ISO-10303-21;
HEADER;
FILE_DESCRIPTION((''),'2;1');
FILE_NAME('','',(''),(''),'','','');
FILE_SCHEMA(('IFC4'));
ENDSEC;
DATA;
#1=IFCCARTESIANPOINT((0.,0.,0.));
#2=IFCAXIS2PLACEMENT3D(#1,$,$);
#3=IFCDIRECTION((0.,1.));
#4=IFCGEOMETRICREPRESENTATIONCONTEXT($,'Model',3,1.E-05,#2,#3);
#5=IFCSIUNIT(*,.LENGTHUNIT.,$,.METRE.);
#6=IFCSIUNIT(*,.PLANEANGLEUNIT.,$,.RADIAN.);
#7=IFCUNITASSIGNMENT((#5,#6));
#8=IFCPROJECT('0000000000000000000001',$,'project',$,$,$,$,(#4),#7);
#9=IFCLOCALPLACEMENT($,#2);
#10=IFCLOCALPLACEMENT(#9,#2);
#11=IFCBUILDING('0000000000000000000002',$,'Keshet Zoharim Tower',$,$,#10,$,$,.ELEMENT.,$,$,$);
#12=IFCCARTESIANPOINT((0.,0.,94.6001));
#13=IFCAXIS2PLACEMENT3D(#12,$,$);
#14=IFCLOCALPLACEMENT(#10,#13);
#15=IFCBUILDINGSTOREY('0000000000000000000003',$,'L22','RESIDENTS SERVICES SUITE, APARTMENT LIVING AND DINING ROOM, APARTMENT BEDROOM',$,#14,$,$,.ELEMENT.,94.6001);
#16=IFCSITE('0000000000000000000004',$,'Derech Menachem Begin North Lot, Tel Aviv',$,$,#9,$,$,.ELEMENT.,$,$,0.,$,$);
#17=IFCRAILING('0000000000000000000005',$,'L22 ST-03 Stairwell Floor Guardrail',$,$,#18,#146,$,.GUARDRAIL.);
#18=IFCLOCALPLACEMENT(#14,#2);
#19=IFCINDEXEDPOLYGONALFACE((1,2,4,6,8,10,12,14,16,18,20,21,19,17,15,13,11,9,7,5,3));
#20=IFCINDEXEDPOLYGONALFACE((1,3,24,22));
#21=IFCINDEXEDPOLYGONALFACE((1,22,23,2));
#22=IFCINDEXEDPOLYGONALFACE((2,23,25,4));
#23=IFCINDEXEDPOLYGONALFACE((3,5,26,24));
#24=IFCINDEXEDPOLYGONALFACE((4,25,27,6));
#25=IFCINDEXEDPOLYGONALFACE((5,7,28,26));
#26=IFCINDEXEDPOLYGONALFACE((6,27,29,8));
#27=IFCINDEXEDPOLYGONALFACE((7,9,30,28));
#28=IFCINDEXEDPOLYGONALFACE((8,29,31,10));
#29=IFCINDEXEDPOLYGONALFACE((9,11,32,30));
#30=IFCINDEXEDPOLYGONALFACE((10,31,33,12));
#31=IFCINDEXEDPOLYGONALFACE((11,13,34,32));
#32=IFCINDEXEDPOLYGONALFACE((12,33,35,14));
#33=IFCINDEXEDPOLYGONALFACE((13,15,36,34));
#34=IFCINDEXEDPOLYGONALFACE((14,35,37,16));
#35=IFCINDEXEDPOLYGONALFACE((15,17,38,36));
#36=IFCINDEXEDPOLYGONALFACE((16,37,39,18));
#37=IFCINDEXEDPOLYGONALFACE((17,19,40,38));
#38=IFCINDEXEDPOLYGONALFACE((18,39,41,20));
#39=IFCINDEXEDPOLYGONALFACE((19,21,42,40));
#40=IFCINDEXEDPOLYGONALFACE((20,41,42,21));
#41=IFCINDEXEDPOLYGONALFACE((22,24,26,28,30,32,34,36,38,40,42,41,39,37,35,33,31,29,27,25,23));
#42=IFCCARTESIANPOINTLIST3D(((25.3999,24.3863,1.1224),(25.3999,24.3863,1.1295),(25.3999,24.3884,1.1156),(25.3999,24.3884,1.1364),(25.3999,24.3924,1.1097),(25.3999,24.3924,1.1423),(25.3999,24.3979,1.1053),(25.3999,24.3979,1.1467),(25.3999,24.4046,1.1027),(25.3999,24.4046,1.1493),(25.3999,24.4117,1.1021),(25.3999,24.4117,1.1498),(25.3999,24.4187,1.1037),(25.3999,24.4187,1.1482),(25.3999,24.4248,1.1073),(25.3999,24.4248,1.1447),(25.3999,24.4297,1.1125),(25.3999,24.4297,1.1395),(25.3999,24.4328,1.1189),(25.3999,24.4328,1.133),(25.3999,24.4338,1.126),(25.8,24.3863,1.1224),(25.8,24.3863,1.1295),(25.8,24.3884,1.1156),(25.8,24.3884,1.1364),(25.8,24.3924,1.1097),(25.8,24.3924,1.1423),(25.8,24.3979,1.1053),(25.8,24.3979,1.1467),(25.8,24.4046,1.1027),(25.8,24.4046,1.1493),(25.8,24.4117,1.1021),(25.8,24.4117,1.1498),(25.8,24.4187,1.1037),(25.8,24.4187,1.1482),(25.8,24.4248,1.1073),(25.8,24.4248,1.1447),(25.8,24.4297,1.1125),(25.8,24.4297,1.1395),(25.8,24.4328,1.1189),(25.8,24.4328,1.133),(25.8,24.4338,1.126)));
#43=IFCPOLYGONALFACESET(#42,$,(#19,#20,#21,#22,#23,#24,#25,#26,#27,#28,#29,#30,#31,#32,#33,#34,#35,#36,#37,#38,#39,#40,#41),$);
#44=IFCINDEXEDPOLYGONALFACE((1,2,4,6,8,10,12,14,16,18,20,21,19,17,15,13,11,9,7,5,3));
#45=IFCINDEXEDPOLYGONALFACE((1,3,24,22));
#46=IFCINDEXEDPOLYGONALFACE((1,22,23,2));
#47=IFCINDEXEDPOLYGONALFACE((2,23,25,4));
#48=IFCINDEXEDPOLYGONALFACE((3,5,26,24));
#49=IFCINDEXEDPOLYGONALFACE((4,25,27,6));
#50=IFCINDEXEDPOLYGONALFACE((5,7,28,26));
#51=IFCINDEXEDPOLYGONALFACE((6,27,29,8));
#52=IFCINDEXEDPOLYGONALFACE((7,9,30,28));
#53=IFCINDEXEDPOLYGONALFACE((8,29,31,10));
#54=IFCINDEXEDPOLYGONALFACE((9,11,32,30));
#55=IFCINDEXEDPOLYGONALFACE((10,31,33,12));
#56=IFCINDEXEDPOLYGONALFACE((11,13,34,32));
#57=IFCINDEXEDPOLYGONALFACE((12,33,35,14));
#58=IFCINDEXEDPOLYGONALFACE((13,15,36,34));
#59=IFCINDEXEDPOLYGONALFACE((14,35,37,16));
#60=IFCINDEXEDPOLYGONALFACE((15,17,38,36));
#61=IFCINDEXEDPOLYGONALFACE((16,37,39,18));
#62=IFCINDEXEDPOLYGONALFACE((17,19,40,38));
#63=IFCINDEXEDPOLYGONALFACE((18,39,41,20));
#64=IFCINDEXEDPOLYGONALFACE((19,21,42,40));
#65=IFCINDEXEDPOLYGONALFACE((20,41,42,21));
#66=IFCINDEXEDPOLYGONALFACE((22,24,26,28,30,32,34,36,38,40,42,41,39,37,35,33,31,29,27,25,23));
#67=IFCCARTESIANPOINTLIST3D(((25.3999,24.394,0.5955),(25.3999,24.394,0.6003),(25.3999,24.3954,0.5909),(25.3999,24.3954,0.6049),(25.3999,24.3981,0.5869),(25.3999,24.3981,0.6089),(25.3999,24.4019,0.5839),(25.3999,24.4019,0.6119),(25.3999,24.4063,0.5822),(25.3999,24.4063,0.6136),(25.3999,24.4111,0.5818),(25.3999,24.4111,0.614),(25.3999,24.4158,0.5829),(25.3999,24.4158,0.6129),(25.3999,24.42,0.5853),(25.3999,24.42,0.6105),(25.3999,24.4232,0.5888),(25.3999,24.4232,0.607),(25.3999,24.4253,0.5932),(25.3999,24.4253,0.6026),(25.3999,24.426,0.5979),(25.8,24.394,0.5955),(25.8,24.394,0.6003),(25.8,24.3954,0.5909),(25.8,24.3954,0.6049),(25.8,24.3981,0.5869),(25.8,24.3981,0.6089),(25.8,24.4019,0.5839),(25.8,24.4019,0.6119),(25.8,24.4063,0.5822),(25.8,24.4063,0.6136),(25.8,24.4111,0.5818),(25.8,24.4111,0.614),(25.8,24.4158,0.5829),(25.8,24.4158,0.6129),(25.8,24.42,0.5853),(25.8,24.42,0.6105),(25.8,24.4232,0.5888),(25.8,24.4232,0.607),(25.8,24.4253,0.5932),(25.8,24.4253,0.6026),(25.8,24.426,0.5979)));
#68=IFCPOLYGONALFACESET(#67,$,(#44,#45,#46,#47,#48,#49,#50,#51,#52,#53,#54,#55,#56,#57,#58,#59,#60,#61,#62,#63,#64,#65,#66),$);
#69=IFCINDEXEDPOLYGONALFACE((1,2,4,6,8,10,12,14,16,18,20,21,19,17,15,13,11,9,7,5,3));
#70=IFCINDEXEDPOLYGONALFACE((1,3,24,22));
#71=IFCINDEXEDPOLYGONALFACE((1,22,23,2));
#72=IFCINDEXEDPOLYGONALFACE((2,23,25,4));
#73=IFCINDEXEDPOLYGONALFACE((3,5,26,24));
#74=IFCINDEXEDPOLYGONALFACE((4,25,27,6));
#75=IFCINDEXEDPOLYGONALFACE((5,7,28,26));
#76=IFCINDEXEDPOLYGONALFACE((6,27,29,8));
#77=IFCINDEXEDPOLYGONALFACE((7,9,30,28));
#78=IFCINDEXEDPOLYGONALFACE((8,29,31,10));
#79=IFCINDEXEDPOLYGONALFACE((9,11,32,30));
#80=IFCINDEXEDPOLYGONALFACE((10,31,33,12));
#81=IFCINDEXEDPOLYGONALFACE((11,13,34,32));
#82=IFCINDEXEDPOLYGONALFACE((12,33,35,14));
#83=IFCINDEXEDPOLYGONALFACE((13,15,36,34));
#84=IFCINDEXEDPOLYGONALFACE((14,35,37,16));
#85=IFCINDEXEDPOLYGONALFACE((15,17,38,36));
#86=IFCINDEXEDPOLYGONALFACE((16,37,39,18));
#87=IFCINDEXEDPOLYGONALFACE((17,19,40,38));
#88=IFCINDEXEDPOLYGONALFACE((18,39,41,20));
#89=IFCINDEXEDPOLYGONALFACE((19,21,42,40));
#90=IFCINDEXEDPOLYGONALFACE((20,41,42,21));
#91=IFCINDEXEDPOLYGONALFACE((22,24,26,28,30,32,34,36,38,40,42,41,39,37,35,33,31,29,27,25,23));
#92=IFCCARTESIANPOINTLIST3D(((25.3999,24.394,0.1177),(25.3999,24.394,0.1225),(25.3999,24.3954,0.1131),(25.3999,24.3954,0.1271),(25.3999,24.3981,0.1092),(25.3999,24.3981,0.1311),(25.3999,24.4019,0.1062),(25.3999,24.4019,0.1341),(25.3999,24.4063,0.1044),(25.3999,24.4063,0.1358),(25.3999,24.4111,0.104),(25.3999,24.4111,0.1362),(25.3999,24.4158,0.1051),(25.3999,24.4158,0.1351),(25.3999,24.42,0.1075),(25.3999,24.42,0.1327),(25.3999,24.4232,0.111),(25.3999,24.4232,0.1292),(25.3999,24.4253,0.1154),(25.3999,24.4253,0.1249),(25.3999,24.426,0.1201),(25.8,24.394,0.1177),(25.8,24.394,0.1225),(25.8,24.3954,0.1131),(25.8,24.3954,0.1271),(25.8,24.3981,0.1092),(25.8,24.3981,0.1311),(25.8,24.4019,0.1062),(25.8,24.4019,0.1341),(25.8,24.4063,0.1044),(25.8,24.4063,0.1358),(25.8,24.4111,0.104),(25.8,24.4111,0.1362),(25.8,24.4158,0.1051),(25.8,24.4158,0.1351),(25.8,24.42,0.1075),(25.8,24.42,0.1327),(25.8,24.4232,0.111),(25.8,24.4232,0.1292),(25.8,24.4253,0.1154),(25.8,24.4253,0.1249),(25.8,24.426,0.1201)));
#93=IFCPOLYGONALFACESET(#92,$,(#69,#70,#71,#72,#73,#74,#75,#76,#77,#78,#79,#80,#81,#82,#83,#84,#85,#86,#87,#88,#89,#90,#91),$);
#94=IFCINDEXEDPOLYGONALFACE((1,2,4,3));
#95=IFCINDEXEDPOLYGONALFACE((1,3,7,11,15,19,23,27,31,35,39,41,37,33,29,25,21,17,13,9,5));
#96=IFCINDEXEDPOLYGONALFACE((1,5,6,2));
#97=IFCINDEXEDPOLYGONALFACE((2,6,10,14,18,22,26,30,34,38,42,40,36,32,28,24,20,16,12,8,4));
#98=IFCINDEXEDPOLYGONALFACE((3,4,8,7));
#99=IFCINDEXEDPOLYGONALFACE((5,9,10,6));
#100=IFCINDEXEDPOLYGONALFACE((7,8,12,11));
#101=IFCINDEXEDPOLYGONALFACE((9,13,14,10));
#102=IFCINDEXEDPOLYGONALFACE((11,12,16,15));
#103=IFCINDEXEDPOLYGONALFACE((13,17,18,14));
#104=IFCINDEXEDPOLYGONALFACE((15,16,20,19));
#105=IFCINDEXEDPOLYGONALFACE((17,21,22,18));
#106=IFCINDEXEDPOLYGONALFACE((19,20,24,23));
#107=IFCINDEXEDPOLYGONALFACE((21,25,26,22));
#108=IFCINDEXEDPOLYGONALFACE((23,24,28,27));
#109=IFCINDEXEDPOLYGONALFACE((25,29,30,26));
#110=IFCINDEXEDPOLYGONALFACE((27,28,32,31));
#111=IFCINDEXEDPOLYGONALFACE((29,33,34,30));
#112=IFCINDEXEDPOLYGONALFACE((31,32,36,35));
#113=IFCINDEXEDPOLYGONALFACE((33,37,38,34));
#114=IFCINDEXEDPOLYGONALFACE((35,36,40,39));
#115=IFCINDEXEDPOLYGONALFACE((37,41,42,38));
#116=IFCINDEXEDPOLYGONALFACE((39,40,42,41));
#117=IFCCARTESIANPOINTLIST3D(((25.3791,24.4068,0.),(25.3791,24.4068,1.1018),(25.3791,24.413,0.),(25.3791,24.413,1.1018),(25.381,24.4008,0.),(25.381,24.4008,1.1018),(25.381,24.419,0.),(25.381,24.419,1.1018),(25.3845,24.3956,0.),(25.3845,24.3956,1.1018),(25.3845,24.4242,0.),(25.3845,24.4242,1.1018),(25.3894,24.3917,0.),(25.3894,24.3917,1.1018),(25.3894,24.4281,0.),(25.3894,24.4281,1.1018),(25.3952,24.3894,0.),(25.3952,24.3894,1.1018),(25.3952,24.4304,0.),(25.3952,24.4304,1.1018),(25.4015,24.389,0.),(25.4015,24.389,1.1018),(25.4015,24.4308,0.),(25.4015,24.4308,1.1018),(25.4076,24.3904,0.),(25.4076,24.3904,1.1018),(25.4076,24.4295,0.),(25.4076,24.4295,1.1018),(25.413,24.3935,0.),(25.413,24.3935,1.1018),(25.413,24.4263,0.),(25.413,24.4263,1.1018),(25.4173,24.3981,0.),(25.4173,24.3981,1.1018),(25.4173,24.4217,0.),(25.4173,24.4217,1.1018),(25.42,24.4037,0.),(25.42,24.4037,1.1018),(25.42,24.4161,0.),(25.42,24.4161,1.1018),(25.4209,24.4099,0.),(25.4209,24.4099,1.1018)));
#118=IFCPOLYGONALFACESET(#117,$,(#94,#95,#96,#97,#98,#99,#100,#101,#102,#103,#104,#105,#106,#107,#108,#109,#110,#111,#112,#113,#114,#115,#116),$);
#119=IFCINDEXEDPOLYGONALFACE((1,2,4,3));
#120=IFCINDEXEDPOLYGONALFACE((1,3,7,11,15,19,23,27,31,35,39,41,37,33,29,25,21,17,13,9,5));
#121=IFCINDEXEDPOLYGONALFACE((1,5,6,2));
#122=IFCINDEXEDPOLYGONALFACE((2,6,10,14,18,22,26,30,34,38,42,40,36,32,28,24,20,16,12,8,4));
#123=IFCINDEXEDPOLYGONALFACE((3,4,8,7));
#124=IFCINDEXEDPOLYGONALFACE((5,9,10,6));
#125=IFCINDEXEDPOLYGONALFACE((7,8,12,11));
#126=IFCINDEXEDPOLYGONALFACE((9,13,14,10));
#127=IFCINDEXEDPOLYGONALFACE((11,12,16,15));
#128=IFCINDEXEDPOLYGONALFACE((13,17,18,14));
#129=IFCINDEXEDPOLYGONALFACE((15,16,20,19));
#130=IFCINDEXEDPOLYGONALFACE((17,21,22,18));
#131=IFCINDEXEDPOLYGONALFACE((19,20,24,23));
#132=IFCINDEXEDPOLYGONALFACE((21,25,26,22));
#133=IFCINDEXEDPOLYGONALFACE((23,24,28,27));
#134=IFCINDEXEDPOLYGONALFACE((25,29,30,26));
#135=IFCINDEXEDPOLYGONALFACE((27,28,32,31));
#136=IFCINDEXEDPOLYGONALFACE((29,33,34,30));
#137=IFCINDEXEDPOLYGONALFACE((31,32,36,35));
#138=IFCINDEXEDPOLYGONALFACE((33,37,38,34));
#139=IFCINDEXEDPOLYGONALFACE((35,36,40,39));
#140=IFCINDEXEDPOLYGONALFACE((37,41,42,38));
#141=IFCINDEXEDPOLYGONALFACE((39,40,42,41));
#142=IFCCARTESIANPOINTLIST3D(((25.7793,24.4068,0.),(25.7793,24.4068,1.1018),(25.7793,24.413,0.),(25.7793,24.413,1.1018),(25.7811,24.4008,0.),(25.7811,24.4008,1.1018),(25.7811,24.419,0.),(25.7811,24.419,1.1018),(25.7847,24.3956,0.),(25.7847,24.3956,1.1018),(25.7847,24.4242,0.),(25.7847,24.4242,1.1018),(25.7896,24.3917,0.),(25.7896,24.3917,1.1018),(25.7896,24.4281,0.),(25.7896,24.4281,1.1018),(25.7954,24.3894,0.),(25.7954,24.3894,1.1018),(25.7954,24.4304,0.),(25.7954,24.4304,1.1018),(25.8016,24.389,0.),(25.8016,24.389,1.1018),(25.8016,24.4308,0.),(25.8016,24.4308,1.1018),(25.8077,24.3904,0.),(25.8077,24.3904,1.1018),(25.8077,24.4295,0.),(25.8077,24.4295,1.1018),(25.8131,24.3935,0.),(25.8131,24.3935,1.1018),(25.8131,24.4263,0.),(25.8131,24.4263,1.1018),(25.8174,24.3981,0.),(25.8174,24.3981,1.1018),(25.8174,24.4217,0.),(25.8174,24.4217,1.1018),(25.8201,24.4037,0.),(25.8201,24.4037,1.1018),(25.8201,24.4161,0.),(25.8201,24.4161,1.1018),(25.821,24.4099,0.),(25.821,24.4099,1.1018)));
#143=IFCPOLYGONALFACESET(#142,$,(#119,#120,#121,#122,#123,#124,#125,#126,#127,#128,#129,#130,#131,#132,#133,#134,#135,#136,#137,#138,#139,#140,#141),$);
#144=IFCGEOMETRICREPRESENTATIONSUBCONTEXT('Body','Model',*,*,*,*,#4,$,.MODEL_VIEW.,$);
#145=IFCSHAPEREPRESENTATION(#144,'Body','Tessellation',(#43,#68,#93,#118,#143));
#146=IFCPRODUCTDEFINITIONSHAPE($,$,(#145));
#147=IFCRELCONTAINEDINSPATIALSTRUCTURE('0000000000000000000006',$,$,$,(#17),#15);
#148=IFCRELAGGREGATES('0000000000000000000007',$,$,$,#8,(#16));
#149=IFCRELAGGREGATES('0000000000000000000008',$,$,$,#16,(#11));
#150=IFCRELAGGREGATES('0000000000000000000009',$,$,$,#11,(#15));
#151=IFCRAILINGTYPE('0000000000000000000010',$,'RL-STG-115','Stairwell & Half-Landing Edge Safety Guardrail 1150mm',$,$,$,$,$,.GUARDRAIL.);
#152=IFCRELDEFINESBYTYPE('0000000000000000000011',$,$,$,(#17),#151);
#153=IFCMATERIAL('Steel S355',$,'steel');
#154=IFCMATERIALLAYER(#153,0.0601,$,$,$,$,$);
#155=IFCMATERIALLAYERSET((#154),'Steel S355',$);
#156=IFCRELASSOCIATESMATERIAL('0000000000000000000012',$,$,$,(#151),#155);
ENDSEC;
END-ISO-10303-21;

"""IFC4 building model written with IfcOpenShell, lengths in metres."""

from ifc_helpers import new_model, si_unit, direction, frame, origin, origin_2d, place, context, subcontext, project, spatial, circle, extrude, material, layer, layer_set, type_object, element, save


model = new_model("IFC4")

# Units and contexts
model_context = context("Model", 3, precision=1e-05, world=origin(), true_north=direction((0.0, 1.0)))
body_context = subcontext(model_context, "Body", "Model", "MODEL_VIEW")
ifc_project = project(units=[si_unit("LENGTHUNIT", "METRE"), si_unit("PLANEANGLEUNIT", "RADIAN")], contexts=[model_context])

# Site, building, storey
site_placement = place(None, origin())
site = spatial("IfcSite", under=ifc_project, at=site_placement, Name="Derech Menachem Begin North Lot, Tel Aviv", CompositionType="ELEMENT", RefElevation=0.0)
building_placement = place(site_placement, origin())
building = spatial("IfcBuilding", under=site, at=building_placement, Name="Keshet Zoharim Tower", CompositionType="ELEMENT")
storey_placement = place(building_placement, frame((0.0, 0.0, 94.6001)))
storey = spatial("IfcBuildingStorey", under=building, at=storey_placement, Name="L22", Description="RESIDENTS SERVICES SUITE, APARTMENT LIVING AND DINING ROOM, APARTMENT BEDROOM", CompositionType="ELEMENT", Elevation=94.6001)

# Railing
ifc_material_1 = material(Name="Steel S355", Category="steel")
ifc_layer_1 = layer(ifc_material_1, 0.0601)
ifc_layer_set_1 = layer_set([ifc_layer_1], Name="Steel S355")
railing_type = type_object("IfcRailingType", Name="RL-STG-115", Description="Stairwell & Half-Landing Edge Safety Guardrail 1150mm", PredefinedType="GUARDRAIL", material=ifc_layer_set_1)
railing_placement = place(storey_placement, frame((25.3999, 24.4099, 0.0)))
element("IfcRailing", 1, at=railing_placement, inside=storey, type_object=railing_type, Name="L22 ST-03 Stairwell Floor Guardrail", PredefinedType="GUARDRAIL", context=body_context, shape_type="SweptSolid", body=[
    extrude(circle(Radius=0.0239, at=origin_2d()), frame((0.0, 0.0, 1.126), z_axis=(1.0, 0.0, 0.0), x_axis=(0.0, 1.0, 0.0)), (0.0, 0.0, 1.0), 0.4001),
    extrude(circle(Radius=0.0161, at=origin_2d()), frame((0.0, 0.0, 0.5979), z_axis=(1.0, 0.0, 0.0), x_axis=(0.0, 1.0, 0.0)), (0.0, 0.0, 1.0), 0.4001),
    extrude(circle(Radius=0.0161, at=origin_2d()), frame((0.0, 0.0, 0.1201), z_axis=(1.0, 0.0, 0.0), x_axis=(0.0, 1.0, 0.0)), (0.0, 0.0, 1.0), 0.4001),
    extrude(circle(Radius=0.021, at=origin_2d()), origin(), (0.0, 0.0, 1.0), 1.1018),
    extrude(circle(Radius=0.021, at=origin_2d()), frame((0.4001, 0.0, 0.0)), (0.0, 0.0, 1.0), 1.1018),
])

save(model, "model.ifc")
